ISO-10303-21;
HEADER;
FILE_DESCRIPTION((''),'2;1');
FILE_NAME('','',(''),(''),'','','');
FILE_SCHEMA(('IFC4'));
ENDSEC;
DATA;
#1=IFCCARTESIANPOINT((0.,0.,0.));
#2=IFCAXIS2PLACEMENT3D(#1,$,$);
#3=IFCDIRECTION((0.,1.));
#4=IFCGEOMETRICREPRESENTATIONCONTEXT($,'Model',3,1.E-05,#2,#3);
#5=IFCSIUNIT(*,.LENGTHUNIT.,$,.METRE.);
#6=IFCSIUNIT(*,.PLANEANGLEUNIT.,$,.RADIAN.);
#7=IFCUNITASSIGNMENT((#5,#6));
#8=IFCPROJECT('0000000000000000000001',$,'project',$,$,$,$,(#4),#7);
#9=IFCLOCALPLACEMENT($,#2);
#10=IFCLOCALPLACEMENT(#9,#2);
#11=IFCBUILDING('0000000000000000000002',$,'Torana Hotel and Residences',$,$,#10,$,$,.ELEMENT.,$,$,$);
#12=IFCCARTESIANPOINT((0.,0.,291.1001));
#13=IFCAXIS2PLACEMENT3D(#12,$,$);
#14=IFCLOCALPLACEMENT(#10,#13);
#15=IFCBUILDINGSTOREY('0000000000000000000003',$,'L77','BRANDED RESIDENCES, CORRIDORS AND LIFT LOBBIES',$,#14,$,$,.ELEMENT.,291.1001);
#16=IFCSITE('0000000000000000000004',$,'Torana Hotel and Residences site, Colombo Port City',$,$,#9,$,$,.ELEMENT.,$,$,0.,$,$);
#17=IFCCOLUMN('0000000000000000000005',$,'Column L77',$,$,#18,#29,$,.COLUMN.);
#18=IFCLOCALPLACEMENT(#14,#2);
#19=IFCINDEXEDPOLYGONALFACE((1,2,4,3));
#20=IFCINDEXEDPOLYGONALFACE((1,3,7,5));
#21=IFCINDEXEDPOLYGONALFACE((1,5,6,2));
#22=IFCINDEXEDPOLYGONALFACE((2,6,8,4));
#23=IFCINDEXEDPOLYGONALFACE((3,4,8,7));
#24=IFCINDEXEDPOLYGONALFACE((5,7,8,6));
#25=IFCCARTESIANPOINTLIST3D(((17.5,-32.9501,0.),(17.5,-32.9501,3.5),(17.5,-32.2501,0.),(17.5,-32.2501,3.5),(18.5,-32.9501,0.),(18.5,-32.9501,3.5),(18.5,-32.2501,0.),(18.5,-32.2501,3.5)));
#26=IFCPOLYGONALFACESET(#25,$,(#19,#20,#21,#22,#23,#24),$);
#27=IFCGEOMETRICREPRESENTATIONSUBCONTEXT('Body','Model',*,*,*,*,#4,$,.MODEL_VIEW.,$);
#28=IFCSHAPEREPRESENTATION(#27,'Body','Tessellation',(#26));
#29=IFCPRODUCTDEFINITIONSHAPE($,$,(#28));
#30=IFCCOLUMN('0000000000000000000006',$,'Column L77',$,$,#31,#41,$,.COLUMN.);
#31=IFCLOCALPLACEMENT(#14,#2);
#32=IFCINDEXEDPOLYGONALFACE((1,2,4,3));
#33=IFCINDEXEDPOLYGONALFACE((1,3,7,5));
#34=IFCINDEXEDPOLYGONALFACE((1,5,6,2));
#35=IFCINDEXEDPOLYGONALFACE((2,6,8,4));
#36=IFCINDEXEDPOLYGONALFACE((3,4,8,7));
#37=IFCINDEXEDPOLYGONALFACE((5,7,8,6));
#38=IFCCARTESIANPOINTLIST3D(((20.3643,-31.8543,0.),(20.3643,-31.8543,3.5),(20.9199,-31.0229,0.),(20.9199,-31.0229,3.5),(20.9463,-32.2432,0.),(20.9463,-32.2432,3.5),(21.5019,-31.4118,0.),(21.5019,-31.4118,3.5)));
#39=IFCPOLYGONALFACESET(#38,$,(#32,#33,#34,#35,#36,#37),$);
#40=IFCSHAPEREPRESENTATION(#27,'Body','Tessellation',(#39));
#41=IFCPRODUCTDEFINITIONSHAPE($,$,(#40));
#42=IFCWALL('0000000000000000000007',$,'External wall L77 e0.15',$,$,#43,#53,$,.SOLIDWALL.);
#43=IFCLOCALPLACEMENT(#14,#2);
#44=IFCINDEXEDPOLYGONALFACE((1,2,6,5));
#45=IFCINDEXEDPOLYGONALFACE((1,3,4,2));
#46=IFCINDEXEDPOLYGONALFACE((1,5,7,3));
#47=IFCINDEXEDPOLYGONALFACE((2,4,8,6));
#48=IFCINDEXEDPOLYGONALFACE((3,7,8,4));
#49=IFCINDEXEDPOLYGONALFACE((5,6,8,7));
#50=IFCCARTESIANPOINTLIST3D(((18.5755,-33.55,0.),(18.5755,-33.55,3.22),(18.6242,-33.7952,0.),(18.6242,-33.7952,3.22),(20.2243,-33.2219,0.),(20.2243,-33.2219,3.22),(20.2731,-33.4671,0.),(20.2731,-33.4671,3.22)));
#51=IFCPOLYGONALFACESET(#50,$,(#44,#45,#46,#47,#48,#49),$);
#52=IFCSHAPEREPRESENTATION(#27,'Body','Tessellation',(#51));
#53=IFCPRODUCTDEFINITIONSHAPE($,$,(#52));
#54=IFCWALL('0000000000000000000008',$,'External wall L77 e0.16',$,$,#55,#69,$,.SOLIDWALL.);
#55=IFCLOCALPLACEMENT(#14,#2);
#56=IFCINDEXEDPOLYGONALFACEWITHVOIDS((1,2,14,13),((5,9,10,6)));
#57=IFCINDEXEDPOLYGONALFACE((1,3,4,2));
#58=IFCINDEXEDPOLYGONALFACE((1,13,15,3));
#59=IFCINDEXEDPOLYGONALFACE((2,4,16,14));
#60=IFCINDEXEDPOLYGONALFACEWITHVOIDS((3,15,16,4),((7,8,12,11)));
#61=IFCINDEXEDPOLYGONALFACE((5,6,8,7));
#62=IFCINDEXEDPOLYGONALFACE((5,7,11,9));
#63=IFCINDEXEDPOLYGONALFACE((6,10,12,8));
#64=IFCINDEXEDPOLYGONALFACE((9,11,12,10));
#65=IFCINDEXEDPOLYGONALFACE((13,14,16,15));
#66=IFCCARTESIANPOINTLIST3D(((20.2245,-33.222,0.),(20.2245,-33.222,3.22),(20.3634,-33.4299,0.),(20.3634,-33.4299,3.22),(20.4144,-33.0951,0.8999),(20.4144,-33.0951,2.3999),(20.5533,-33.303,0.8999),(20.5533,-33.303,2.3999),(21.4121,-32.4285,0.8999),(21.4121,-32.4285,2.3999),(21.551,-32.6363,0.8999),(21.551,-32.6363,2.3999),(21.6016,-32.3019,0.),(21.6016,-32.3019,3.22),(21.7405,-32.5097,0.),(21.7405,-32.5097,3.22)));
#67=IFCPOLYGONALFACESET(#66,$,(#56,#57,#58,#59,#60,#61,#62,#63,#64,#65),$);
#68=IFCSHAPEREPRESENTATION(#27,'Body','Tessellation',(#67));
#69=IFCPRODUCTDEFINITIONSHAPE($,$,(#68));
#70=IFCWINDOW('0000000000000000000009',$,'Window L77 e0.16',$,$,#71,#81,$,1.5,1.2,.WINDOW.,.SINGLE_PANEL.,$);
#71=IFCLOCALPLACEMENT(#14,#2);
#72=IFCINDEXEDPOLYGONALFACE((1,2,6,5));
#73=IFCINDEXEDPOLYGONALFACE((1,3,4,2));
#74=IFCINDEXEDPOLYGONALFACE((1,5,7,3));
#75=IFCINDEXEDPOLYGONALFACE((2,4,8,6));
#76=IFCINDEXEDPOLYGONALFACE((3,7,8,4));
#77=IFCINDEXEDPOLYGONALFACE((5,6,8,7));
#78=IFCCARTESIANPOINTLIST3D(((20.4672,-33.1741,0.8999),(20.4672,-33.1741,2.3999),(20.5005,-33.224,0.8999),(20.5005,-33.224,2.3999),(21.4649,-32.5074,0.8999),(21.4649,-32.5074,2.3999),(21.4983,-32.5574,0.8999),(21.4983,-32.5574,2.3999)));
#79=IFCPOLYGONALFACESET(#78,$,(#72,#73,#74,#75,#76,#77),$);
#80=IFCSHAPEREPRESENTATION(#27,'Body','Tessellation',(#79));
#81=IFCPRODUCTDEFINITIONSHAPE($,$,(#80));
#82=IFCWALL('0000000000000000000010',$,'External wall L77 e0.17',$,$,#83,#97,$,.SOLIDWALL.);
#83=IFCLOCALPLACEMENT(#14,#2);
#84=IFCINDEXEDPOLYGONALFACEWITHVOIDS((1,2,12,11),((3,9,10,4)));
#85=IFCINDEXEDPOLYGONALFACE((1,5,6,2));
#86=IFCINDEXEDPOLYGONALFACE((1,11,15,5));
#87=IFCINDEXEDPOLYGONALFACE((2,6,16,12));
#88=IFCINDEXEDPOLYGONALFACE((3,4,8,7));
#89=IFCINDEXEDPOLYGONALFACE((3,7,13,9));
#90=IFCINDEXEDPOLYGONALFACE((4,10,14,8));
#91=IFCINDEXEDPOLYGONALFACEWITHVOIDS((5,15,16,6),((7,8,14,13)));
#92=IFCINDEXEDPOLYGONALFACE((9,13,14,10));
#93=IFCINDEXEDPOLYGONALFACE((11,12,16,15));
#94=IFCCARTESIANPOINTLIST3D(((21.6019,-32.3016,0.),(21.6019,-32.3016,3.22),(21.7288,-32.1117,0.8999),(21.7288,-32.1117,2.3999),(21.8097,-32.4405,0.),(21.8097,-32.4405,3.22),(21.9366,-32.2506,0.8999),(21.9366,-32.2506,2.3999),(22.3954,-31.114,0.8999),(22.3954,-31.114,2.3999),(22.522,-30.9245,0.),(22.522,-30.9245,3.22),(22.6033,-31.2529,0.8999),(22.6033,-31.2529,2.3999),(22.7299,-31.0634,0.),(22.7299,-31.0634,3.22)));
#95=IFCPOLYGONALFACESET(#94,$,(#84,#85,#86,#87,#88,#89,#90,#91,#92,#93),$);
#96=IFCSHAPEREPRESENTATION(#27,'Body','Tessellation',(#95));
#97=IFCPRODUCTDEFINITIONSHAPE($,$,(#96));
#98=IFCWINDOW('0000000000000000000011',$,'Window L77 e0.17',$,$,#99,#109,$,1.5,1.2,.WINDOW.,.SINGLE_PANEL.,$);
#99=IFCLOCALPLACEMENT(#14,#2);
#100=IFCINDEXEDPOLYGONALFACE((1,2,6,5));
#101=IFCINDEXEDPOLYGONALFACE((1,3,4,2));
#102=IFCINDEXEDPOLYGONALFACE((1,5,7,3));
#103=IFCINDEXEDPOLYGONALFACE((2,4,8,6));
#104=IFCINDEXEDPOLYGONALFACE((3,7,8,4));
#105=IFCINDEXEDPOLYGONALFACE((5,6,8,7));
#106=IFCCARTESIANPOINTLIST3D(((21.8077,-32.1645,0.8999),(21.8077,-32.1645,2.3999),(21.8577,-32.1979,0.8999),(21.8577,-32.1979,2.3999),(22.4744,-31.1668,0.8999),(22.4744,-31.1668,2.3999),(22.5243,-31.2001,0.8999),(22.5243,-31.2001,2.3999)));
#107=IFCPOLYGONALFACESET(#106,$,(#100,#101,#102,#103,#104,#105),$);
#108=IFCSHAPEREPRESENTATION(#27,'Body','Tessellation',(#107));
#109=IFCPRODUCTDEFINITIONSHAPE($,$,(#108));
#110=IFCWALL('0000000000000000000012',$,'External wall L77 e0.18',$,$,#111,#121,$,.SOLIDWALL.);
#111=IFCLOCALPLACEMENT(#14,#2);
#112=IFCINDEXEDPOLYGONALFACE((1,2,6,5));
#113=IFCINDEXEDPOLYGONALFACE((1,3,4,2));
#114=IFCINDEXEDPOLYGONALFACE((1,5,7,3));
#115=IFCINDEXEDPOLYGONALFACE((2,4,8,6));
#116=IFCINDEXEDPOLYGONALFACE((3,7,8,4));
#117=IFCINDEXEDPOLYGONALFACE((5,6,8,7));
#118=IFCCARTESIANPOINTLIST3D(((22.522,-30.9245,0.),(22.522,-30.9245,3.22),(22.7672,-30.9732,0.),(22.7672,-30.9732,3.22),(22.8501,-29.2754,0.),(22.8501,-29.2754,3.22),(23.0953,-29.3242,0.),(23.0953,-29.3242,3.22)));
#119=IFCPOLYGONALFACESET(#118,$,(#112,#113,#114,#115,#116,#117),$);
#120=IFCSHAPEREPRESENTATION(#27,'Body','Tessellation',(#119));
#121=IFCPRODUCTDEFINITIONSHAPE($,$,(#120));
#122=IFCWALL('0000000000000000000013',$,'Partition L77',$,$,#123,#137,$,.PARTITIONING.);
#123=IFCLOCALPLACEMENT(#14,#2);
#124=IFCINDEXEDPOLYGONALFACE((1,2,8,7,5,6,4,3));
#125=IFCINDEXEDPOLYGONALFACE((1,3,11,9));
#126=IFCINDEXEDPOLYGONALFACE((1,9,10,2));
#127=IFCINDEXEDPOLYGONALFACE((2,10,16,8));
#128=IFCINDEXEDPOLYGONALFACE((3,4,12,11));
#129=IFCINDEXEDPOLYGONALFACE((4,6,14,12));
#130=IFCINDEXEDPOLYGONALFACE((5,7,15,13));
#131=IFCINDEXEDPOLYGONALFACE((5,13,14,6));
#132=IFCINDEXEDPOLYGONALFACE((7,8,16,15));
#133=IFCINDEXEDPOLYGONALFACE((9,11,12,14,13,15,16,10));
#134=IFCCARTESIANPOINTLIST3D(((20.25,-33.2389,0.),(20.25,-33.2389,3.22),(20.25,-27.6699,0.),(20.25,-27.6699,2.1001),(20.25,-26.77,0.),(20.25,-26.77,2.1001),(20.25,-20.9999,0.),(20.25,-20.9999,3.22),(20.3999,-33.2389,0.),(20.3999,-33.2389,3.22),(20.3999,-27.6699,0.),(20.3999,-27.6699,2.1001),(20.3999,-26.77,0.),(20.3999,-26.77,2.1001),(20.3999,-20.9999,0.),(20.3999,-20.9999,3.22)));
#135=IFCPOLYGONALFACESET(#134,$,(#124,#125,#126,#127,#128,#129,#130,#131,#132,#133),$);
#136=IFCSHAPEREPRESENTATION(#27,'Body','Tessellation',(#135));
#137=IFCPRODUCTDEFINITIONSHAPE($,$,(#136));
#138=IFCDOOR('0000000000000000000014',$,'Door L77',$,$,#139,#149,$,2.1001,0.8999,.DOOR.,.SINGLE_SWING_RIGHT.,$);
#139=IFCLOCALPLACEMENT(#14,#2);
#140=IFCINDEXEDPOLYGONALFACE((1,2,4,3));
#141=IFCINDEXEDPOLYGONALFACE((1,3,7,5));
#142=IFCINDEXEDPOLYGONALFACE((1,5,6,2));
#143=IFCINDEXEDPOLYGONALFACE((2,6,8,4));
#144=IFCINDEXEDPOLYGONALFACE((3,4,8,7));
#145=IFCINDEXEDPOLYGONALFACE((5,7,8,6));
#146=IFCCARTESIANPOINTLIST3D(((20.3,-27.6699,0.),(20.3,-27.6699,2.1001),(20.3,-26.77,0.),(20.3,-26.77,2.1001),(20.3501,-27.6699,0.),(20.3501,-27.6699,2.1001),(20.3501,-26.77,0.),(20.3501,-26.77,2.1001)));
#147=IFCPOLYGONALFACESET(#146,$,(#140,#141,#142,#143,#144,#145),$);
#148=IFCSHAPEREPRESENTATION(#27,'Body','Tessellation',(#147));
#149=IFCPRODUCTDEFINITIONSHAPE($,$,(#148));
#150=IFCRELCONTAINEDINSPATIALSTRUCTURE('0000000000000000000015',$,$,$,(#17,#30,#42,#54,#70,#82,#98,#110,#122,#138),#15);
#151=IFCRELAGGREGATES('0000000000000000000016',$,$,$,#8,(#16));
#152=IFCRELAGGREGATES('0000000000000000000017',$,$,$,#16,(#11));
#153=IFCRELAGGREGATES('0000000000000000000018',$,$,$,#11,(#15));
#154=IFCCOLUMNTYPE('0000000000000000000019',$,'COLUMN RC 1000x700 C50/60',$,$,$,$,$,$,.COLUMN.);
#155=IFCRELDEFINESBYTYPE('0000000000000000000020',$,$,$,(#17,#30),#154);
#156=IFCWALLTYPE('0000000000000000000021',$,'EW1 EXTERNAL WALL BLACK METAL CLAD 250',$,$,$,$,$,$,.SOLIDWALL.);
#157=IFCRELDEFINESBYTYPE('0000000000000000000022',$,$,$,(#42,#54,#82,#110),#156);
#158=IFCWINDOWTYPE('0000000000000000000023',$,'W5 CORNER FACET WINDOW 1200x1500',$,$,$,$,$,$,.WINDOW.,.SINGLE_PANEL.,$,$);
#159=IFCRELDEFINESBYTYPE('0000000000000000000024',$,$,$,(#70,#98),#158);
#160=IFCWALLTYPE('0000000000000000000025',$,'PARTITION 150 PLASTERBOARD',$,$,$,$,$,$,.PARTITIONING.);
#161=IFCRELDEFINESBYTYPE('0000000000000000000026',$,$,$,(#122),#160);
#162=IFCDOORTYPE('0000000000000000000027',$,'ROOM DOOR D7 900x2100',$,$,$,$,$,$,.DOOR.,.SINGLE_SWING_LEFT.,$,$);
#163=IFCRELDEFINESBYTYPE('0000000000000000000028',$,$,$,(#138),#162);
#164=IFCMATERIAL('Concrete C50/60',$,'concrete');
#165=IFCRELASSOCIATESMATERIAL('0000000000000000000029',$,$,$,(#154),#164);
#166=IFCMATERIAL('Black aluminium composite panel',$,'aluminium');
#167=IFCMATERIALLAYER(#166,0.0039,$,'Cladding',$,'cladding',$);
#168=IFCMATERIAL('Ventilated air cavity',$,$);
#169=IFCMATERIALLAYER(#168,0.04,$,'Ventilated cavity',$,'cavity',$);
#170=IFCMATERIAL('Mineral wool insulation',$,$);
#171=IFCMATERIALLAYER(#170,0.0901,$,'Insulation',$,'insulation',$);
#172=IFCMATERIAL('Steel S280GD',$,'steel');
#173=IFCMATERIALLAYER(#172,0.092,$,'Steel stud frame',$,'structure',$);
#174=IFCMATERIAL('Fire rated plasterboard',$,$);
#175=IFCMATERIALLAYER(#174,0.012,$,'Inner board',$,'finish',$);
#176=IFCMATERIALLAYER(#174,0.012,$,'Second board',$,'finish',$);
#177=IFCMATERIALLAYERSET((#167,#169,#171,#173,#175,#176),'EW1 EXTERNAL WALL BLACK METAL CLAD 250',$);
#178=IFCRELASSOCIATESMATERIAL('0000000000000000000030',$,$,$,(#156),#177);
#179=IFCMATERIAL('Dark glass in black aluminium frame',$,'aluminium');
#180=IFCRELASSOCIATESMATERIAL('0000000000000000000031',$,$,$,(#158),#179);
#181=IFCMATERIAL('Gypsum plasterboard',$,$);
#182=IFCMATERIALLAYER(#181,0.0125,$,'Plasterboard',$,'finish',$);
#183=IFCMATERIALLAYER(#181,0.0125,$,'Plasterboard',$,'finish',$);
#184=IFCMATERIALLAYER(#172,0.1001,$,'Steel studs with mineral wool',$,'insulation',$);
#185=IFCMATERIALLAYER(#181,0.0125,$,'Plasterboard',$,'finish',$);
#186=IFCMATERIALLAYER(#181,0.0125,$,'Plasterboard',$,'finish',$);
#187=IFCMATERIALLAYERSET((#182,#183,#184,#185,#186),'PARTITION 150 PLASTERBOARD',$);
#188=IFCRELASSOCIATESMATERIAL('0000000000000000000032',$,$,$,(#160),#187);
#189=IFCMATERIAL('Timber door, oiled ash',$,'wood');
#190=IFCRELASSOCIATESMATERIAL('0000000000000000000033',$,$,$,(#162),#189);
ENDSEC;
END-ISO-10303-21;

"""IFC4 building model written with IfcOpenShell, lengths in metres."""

from ifc_helpers import new_model, si_unit, direction, frame, frame_2d, origin, origin_2d, place, context, subcontext, project, spatial, rectangle, extrude, material, layer, layer_set, material_profile, profile_set, type_object, element, fill, save


model = new_model("IFC4")

# Units and contexts
model_context = context("Model", 3, precision=1e-05, world=origin(), true_north=direction((0.0, 1.0)))
body_context = subcontext(model_context, "Body", "Model", "MODEL_VIEW")
ifc_project = project(units=[si_unit("LENGTHUNIT", "METRE"), si_unit("PLANEANGLEUNIT", "RADIAN")], contexts=[model_context])

# Site, building, storey
site_placement = place(None, origin())
site = spatial("IfcSite", under=ifc_project, at=site_placement, Name="Torana Hotel and Residences site, Colombo Port City", CompositionType="ELEMENT", RefElevation=0.0)
building_placement = place(site_placement, origin())
building = spatial("IfcBuilding", under=site, at=building_placement, Name="Torana Hotel and Residences", CompositionType="ELEMENT")
storey_placement = place(building_placement, frame((0.0, 0.0, 291.1001)))
storey = spatial("IfcBuildingStorey", under=building, at=storey_placement, Name="L77", Description="BRANDED RESIDENCES, CORRIDORS AND LIFT LOBBIES", CompositionType="ELEMENT", Elevation=291.1001)

# Columns
ifc_material_1 = material(Name="Concrete C50/60", Category="concrete")
ifc_material_profile = material_profile(ifc_material_1, rectangle(XDim=1.0, YDim=0.7, at=origin_2d()), Name="RC 1000x700")
ifc_profile_set = profile_set([ifc_material_profile], Name="Concrete C50/60")
column_type = type_object("IfcColumnType", Name="COLUMN RC 1000x700 C50/60", PredefinedType="COLUMN", material=ifc_profile_set)
for number, where, z_axis, x_axis, name in (
    (1, (18.0, -32.6001, 0.0), (0.0, 0.0, 1.0), (1.0, 0.0, 0.0), "Column L77"),
    (2, (20.9331, -31.6331, 0.0), (0.0, 0.0, 1.0), (0.555585, 0.83146, 0.0), "Column L77"),
):
    element("IfcColumn", number, at=place(storey_placement, frame(where, z_axis=z_axis, x_axis=x_axis)), inside=storey, type_object=column_type, Name=name, PredefinedType="COLUMN", context=body_context, shape_type="SweptSolid", body=[
        extrude(rectangle(XDim=1.0, YDim=0.7, at=origin_2d()), origin(), (0.0, 0.0, 1.0), 3.5),
    ])

# Wall
ifc_material_2 = material(Name="Black aluminium composite panel", Category="aluminium")
ifc_layer_1 = layer(ifc_material_2, 0.0039, Name="Cladding", Category="cladding")
ifc_material_3 = material(Name="Ventilated air cavity")
ifc_layer_2 = layer(ifc_material_3, 0.04, Name="Ventilated cavity", Category="cavity")
ifc_material_4 = material(Name="Mineral wool insulation")
ifc_layer_3 = layer(ifc_material_4, 0.0901, Name="Insulation", Category="insulation")
ifc_material_5 = material(Name="Steel S280GD", Category="steel")
ifc_layer_4 = layer(ifc_material_5, 0.092, Name="Steel stud frame", Category="structure")
ifc_material_6 = material(Name="Fire rated plasterboard")
ifc_layer_5 = layer(ifc_material_6, 0.012, Name="Inner board", Category="finish")
ifc_layer_6 = layer(ifc_material_6, 0.012, Name="Second board", Category="finish")
ifc_layer_set_1 = layer_set([ifc_layer_1, ifc_layer_2, ifc_layer_3, ifc_layer_4, ifc_layer_5, ifc_layer_6], Name="EW1 EXTERNAL WALL BLACK METAL CLAD 250")
wall_type_1 = type_object("IfcWallType", Name="EW1 EXTERNAL WALL BLACK METAL CLAD 250", PredefinedType="SOLIDWALL", material=ifc_layer_set_1)
wall_1_placement = place(storey_placement, frame((18.5999, -33.6726, 0.0), z_axis=(0.0, 0.0, 1.0), x_axis=(0.98077, 0.195167, 0.0)))
element("IfcWall", 3, at=wall_1_placement, inside=storey, type_object=wall_type_1, Name="External wall L77 e0.15", PredefinedType="SOLIDWALL", context=body_context, shape_type="SweptSolid", body=[
    extrude(rectangle(XDim=1.6812, YDim=0.25, at=frame_2d((0.8406, 0.0))), origin(), (0.0, 0.0, 1.0), 3.22),
])

# Walls, openings, windows
wall_2_placement = place(storey_placement, frame((20.2939, -33.3259, 0.0), z_axis=(0.0, 0.0, 1.0), x_axis=(0.831483, 0.55555, 0.0)))
wall_2 = element("IfcWall", 4, at=wall_2_placement, inside=storey, type_object=wall_type_1, Name="External wall L77 e0.16", PredefinedType="SOLIDWALL", context=body_context, shape_type="SweptSolid", body=[
    extrude(rectangle(XDim=1.6562, YDim=0.25, at=frame_2d((0.8281, 0.0))), origin(), (0.0, 0.0, 1.0), 3.22),
])
opening_1_placement = place(wall_2_placement, frame((0.2283, 0.0, 0.8999)))
opening_1 = element("IfcOpeningElement", 5, at=opening_1_placement, cuts=wall_2, PredefinedType="OPENING", context=body_context, shape_type="SweptSolid", body=[
    extrude(rectangle(XDim=1.2, YDim=1.5, at=frame_2d((0.6001, 0.75))), frame((0.0, 0.135, 0.0), z_axis=(0.0, -1.0, 0.0), x_axis=(1.0, 0.0, 0.0)), (0.0, 0.0, 1.0), 0.27),
])
ifc_material_7 = material(Name="Dark glass in black aluminium frame", Category="aluminium")
window_type_1 = type_object("IfcWindowType", Name="W5 CORNER FACET WINDOW 1200x1500", PartitioningType="SINGLE_PANEL", PredefinedType="WINDOW", material=ifc_material_7)
window_1_placement = place(opening_1_placement, origin())
window_1 = element("IfcWindow", 6, at=window_1_placement, inside=storey, type_object=window_type_1, Name="Window L77 e0.16", OverallHeight=1.5, OverallWidth=1.2, PartitioningType="SINGLE_PANEL", PredefinedType="WINDOW", context=body_context, shape_type="SweptSolid", body=[
    extrude(rectangle(XDim=1.2, YDim=1.5, at=frame_2d((0.6001, 0.75))), frame((0.0, 0.03, 0.0), z_axis=(0.0, -1.0, 0.0), x_axis=(1.0, 0.0, 0.0)), (0.0, 0.0, 1.0), 0.0601),
])
fill(opening_1, window_1)
wall_3_placement = place(storey_placement, frame((21.7058, -32.3711, 0.0), z_axis=(0.0, 0.0, 1.0), x_axis=(0.55555, 0.831483, 0.0)))
wall_3 = element("IfcWall", 7, at=wall_3_placement, inside=storey, type_object=wall_type_1, Name="External wall L77 e0.17", PredefinedType="SOLIDWALL", context=body_context, shape_type="SweptSolid", body=[
    extrude(rectangle(XDim=1.6562, YDim=0.25, at=frame_2d((0.8281, 0.0))), origin(), (0.0, 0.0, 1.0), 3.22),
])
opening_2_placement = place(wall_3_placement, frame((0.2283, 0.0, 0.8999)))
opening_2 = element("IfcOpeningElement", 8, at=opening_2_placement, cuts=wall_3, PredefinedType="OPENING", context=body_context, shape_type="SweptSolid", body=[
    extrude(rectangle(XDim=1.2, YDim=1.5, at=frame_2d((0.6001, 0.75))), frame((0.0, 0.135, 0.0), z_axis=(0.0, -1.0, 0.0), x_axis=(1.0, 0.0, 0.0)), (0.0, 0.0, 1.0), 0.27),
])
window_2_placement = place(opening_2_placement, origin())
window_2 = element("IfcWindow", 9, at=window_2_placement, inside=storey, type_object=window_type_1, Name="Window L77 e0.17", OverallHeight=1.5, OverallWidth=1.2, PartitioningType="SINGLE_PANEL", PredefinedType="WINDOW", context=body_context, shape_type="SweptSolid", body=[
    extrude(rectangle(XDim=1.2, YDim=1.5, at=frame_2d((0.6001, 0.75))), frame((0.0, 0.03, 0.0), z_axis=(0.0, -1.0, 0.0), x_axis=(1.0, 0.0, 0.0)), (0.0, 0.0, 1.0), 0.0601),
])
fill(opening_2, window_2)

# Wall
wall_4_placement = place(storey_placement, frame((22.6445, -30.949, 0.0), z_axis=(0.0, 0.0, 1.0), x_axis=(0.195139, 0.980776, 0.0)))
element("IfcWall", 10, at=wall_4_placement, inside=storey, type_object=wall_type_1, Name="External wall L77 e0.18", PredefinedType="SOLIDWALL", context=body_context, shape_type="SweptSolid", body=[
    extrude(rectangle(XDim=1.6814, YDim=0.25, at=frame_2d((0.8408, 0.0))), origin(), (0.0, 0.0, 1.0), 3.22),
])

# Wall, opening, door
ifc_material_8 = material(Name="Gypsum plasterboard")
ifc_layer_7 = layer(ifc_material_8, 0.0125, Name="Plasterboard", Category="finish")
ifc_layer_8 = layer(ifc_material_8, 0.0125, Name="Plasterboard", Category="finish")
ifc_layer_9 = layer(ifc_material_5, 0.1001, Name="Steel studs with mineral wool", Category="insulation")
ifc_layer_10 = layer(ifc_material_8, 0.0125, Name="Plasterboard", Category="finish")
ifc_layer_11 = layer(ifc_material_8, 0.0125, Name="Plasterboard", Category="finish")
ifc_layer_set_2 = layer_set([ifc_layer_7, ifc_layer_8, ifc_layer_9, ifc_layer_10, ifc_layer_11], Name="PARTITION 150 PLASTERBOARD")
wall_type_2 = type_object("IfcWallType", Name="PARTITION 150 PLASTERBOARD", PredefinedType="PARTITIONING", material=ifc_layer_set_2)
wall_5_placement = place(storey_placement, frame((20.325, -33.239, 0.0), z_axis=(0.0, 0.0, 1.0), x_axis=(0.0, 1.0, 0.0)))
wall_5 = element("IfcWall", 11, at=wall_5_placement, inside=storey, type_object=wall_type_2, Name="Partition L77", PredefinedType="PARTITIONING", context=body_context, shape_type="SweptSolid", body=[
    extrude(rectangle(XDim=12.239, YDim=0.1499, at=frame_2d((6.1196, 0.0))), origin(), (0.0, 0.0, 1.0), 3.22),
])
opening_3_placement = place(wall_5_placement, frame((5.5691, 0.0, 0.0)))
opening_3 = element("IfcOpeningElement", 12, at=opening_3_placement, cuts=wall_5, PredefinedType="OPENING", context=body_context, shape_type="SweptSolid", body=[
    extrude(rectangle(XDim=0.8999, YDim=2.1001, at=frame_2d((0.45, 1.05))), frame((0.0, 0.085, 0.0), z_axis=(0.0, -1.0, 0.0), x_axis=(1.0, 0.0, 0.0)), (0.0, 0.0, 1.0), 0.1699),
])
ifc_material_9 = material(Name="Timber door, oiled ash", Category="wood")
door_type_1 = type_object("IfcDoorType", Name="ROOM DOOR D7 900x2100", OperationType="SINGLE_SWING_LEFT", PredefinedType="DOOR", material=ifc_material_9)
door_1_placement = place(opening_3_placement, origin())
door_1 = element("IfcDoor", 13, at=door_1_placement, inside=storey, type_object=door_type_1, Name="Door L77", OperationType="SINGLE_SWING_RIGHT", OverallHeight=2.1001, OverallWidth=0.8999, PredefinedType="DOOR", context=body_context, shape_type="SweptSolid", body=[
    extrude(rectangle(XDim=0.8999, YDim=2.1001, at=frame_2d((0.45, 1.05))), frame((0.0, 0.0249, 0.0), z_axis=(0.0, -1.0, 0.0), x_axis=(1.0, 0.0, 0.0)), (0.0, 0.0, 1.0), 0.05),
])
fill(opening_3, door_1)

save(model, "model.ifc")
